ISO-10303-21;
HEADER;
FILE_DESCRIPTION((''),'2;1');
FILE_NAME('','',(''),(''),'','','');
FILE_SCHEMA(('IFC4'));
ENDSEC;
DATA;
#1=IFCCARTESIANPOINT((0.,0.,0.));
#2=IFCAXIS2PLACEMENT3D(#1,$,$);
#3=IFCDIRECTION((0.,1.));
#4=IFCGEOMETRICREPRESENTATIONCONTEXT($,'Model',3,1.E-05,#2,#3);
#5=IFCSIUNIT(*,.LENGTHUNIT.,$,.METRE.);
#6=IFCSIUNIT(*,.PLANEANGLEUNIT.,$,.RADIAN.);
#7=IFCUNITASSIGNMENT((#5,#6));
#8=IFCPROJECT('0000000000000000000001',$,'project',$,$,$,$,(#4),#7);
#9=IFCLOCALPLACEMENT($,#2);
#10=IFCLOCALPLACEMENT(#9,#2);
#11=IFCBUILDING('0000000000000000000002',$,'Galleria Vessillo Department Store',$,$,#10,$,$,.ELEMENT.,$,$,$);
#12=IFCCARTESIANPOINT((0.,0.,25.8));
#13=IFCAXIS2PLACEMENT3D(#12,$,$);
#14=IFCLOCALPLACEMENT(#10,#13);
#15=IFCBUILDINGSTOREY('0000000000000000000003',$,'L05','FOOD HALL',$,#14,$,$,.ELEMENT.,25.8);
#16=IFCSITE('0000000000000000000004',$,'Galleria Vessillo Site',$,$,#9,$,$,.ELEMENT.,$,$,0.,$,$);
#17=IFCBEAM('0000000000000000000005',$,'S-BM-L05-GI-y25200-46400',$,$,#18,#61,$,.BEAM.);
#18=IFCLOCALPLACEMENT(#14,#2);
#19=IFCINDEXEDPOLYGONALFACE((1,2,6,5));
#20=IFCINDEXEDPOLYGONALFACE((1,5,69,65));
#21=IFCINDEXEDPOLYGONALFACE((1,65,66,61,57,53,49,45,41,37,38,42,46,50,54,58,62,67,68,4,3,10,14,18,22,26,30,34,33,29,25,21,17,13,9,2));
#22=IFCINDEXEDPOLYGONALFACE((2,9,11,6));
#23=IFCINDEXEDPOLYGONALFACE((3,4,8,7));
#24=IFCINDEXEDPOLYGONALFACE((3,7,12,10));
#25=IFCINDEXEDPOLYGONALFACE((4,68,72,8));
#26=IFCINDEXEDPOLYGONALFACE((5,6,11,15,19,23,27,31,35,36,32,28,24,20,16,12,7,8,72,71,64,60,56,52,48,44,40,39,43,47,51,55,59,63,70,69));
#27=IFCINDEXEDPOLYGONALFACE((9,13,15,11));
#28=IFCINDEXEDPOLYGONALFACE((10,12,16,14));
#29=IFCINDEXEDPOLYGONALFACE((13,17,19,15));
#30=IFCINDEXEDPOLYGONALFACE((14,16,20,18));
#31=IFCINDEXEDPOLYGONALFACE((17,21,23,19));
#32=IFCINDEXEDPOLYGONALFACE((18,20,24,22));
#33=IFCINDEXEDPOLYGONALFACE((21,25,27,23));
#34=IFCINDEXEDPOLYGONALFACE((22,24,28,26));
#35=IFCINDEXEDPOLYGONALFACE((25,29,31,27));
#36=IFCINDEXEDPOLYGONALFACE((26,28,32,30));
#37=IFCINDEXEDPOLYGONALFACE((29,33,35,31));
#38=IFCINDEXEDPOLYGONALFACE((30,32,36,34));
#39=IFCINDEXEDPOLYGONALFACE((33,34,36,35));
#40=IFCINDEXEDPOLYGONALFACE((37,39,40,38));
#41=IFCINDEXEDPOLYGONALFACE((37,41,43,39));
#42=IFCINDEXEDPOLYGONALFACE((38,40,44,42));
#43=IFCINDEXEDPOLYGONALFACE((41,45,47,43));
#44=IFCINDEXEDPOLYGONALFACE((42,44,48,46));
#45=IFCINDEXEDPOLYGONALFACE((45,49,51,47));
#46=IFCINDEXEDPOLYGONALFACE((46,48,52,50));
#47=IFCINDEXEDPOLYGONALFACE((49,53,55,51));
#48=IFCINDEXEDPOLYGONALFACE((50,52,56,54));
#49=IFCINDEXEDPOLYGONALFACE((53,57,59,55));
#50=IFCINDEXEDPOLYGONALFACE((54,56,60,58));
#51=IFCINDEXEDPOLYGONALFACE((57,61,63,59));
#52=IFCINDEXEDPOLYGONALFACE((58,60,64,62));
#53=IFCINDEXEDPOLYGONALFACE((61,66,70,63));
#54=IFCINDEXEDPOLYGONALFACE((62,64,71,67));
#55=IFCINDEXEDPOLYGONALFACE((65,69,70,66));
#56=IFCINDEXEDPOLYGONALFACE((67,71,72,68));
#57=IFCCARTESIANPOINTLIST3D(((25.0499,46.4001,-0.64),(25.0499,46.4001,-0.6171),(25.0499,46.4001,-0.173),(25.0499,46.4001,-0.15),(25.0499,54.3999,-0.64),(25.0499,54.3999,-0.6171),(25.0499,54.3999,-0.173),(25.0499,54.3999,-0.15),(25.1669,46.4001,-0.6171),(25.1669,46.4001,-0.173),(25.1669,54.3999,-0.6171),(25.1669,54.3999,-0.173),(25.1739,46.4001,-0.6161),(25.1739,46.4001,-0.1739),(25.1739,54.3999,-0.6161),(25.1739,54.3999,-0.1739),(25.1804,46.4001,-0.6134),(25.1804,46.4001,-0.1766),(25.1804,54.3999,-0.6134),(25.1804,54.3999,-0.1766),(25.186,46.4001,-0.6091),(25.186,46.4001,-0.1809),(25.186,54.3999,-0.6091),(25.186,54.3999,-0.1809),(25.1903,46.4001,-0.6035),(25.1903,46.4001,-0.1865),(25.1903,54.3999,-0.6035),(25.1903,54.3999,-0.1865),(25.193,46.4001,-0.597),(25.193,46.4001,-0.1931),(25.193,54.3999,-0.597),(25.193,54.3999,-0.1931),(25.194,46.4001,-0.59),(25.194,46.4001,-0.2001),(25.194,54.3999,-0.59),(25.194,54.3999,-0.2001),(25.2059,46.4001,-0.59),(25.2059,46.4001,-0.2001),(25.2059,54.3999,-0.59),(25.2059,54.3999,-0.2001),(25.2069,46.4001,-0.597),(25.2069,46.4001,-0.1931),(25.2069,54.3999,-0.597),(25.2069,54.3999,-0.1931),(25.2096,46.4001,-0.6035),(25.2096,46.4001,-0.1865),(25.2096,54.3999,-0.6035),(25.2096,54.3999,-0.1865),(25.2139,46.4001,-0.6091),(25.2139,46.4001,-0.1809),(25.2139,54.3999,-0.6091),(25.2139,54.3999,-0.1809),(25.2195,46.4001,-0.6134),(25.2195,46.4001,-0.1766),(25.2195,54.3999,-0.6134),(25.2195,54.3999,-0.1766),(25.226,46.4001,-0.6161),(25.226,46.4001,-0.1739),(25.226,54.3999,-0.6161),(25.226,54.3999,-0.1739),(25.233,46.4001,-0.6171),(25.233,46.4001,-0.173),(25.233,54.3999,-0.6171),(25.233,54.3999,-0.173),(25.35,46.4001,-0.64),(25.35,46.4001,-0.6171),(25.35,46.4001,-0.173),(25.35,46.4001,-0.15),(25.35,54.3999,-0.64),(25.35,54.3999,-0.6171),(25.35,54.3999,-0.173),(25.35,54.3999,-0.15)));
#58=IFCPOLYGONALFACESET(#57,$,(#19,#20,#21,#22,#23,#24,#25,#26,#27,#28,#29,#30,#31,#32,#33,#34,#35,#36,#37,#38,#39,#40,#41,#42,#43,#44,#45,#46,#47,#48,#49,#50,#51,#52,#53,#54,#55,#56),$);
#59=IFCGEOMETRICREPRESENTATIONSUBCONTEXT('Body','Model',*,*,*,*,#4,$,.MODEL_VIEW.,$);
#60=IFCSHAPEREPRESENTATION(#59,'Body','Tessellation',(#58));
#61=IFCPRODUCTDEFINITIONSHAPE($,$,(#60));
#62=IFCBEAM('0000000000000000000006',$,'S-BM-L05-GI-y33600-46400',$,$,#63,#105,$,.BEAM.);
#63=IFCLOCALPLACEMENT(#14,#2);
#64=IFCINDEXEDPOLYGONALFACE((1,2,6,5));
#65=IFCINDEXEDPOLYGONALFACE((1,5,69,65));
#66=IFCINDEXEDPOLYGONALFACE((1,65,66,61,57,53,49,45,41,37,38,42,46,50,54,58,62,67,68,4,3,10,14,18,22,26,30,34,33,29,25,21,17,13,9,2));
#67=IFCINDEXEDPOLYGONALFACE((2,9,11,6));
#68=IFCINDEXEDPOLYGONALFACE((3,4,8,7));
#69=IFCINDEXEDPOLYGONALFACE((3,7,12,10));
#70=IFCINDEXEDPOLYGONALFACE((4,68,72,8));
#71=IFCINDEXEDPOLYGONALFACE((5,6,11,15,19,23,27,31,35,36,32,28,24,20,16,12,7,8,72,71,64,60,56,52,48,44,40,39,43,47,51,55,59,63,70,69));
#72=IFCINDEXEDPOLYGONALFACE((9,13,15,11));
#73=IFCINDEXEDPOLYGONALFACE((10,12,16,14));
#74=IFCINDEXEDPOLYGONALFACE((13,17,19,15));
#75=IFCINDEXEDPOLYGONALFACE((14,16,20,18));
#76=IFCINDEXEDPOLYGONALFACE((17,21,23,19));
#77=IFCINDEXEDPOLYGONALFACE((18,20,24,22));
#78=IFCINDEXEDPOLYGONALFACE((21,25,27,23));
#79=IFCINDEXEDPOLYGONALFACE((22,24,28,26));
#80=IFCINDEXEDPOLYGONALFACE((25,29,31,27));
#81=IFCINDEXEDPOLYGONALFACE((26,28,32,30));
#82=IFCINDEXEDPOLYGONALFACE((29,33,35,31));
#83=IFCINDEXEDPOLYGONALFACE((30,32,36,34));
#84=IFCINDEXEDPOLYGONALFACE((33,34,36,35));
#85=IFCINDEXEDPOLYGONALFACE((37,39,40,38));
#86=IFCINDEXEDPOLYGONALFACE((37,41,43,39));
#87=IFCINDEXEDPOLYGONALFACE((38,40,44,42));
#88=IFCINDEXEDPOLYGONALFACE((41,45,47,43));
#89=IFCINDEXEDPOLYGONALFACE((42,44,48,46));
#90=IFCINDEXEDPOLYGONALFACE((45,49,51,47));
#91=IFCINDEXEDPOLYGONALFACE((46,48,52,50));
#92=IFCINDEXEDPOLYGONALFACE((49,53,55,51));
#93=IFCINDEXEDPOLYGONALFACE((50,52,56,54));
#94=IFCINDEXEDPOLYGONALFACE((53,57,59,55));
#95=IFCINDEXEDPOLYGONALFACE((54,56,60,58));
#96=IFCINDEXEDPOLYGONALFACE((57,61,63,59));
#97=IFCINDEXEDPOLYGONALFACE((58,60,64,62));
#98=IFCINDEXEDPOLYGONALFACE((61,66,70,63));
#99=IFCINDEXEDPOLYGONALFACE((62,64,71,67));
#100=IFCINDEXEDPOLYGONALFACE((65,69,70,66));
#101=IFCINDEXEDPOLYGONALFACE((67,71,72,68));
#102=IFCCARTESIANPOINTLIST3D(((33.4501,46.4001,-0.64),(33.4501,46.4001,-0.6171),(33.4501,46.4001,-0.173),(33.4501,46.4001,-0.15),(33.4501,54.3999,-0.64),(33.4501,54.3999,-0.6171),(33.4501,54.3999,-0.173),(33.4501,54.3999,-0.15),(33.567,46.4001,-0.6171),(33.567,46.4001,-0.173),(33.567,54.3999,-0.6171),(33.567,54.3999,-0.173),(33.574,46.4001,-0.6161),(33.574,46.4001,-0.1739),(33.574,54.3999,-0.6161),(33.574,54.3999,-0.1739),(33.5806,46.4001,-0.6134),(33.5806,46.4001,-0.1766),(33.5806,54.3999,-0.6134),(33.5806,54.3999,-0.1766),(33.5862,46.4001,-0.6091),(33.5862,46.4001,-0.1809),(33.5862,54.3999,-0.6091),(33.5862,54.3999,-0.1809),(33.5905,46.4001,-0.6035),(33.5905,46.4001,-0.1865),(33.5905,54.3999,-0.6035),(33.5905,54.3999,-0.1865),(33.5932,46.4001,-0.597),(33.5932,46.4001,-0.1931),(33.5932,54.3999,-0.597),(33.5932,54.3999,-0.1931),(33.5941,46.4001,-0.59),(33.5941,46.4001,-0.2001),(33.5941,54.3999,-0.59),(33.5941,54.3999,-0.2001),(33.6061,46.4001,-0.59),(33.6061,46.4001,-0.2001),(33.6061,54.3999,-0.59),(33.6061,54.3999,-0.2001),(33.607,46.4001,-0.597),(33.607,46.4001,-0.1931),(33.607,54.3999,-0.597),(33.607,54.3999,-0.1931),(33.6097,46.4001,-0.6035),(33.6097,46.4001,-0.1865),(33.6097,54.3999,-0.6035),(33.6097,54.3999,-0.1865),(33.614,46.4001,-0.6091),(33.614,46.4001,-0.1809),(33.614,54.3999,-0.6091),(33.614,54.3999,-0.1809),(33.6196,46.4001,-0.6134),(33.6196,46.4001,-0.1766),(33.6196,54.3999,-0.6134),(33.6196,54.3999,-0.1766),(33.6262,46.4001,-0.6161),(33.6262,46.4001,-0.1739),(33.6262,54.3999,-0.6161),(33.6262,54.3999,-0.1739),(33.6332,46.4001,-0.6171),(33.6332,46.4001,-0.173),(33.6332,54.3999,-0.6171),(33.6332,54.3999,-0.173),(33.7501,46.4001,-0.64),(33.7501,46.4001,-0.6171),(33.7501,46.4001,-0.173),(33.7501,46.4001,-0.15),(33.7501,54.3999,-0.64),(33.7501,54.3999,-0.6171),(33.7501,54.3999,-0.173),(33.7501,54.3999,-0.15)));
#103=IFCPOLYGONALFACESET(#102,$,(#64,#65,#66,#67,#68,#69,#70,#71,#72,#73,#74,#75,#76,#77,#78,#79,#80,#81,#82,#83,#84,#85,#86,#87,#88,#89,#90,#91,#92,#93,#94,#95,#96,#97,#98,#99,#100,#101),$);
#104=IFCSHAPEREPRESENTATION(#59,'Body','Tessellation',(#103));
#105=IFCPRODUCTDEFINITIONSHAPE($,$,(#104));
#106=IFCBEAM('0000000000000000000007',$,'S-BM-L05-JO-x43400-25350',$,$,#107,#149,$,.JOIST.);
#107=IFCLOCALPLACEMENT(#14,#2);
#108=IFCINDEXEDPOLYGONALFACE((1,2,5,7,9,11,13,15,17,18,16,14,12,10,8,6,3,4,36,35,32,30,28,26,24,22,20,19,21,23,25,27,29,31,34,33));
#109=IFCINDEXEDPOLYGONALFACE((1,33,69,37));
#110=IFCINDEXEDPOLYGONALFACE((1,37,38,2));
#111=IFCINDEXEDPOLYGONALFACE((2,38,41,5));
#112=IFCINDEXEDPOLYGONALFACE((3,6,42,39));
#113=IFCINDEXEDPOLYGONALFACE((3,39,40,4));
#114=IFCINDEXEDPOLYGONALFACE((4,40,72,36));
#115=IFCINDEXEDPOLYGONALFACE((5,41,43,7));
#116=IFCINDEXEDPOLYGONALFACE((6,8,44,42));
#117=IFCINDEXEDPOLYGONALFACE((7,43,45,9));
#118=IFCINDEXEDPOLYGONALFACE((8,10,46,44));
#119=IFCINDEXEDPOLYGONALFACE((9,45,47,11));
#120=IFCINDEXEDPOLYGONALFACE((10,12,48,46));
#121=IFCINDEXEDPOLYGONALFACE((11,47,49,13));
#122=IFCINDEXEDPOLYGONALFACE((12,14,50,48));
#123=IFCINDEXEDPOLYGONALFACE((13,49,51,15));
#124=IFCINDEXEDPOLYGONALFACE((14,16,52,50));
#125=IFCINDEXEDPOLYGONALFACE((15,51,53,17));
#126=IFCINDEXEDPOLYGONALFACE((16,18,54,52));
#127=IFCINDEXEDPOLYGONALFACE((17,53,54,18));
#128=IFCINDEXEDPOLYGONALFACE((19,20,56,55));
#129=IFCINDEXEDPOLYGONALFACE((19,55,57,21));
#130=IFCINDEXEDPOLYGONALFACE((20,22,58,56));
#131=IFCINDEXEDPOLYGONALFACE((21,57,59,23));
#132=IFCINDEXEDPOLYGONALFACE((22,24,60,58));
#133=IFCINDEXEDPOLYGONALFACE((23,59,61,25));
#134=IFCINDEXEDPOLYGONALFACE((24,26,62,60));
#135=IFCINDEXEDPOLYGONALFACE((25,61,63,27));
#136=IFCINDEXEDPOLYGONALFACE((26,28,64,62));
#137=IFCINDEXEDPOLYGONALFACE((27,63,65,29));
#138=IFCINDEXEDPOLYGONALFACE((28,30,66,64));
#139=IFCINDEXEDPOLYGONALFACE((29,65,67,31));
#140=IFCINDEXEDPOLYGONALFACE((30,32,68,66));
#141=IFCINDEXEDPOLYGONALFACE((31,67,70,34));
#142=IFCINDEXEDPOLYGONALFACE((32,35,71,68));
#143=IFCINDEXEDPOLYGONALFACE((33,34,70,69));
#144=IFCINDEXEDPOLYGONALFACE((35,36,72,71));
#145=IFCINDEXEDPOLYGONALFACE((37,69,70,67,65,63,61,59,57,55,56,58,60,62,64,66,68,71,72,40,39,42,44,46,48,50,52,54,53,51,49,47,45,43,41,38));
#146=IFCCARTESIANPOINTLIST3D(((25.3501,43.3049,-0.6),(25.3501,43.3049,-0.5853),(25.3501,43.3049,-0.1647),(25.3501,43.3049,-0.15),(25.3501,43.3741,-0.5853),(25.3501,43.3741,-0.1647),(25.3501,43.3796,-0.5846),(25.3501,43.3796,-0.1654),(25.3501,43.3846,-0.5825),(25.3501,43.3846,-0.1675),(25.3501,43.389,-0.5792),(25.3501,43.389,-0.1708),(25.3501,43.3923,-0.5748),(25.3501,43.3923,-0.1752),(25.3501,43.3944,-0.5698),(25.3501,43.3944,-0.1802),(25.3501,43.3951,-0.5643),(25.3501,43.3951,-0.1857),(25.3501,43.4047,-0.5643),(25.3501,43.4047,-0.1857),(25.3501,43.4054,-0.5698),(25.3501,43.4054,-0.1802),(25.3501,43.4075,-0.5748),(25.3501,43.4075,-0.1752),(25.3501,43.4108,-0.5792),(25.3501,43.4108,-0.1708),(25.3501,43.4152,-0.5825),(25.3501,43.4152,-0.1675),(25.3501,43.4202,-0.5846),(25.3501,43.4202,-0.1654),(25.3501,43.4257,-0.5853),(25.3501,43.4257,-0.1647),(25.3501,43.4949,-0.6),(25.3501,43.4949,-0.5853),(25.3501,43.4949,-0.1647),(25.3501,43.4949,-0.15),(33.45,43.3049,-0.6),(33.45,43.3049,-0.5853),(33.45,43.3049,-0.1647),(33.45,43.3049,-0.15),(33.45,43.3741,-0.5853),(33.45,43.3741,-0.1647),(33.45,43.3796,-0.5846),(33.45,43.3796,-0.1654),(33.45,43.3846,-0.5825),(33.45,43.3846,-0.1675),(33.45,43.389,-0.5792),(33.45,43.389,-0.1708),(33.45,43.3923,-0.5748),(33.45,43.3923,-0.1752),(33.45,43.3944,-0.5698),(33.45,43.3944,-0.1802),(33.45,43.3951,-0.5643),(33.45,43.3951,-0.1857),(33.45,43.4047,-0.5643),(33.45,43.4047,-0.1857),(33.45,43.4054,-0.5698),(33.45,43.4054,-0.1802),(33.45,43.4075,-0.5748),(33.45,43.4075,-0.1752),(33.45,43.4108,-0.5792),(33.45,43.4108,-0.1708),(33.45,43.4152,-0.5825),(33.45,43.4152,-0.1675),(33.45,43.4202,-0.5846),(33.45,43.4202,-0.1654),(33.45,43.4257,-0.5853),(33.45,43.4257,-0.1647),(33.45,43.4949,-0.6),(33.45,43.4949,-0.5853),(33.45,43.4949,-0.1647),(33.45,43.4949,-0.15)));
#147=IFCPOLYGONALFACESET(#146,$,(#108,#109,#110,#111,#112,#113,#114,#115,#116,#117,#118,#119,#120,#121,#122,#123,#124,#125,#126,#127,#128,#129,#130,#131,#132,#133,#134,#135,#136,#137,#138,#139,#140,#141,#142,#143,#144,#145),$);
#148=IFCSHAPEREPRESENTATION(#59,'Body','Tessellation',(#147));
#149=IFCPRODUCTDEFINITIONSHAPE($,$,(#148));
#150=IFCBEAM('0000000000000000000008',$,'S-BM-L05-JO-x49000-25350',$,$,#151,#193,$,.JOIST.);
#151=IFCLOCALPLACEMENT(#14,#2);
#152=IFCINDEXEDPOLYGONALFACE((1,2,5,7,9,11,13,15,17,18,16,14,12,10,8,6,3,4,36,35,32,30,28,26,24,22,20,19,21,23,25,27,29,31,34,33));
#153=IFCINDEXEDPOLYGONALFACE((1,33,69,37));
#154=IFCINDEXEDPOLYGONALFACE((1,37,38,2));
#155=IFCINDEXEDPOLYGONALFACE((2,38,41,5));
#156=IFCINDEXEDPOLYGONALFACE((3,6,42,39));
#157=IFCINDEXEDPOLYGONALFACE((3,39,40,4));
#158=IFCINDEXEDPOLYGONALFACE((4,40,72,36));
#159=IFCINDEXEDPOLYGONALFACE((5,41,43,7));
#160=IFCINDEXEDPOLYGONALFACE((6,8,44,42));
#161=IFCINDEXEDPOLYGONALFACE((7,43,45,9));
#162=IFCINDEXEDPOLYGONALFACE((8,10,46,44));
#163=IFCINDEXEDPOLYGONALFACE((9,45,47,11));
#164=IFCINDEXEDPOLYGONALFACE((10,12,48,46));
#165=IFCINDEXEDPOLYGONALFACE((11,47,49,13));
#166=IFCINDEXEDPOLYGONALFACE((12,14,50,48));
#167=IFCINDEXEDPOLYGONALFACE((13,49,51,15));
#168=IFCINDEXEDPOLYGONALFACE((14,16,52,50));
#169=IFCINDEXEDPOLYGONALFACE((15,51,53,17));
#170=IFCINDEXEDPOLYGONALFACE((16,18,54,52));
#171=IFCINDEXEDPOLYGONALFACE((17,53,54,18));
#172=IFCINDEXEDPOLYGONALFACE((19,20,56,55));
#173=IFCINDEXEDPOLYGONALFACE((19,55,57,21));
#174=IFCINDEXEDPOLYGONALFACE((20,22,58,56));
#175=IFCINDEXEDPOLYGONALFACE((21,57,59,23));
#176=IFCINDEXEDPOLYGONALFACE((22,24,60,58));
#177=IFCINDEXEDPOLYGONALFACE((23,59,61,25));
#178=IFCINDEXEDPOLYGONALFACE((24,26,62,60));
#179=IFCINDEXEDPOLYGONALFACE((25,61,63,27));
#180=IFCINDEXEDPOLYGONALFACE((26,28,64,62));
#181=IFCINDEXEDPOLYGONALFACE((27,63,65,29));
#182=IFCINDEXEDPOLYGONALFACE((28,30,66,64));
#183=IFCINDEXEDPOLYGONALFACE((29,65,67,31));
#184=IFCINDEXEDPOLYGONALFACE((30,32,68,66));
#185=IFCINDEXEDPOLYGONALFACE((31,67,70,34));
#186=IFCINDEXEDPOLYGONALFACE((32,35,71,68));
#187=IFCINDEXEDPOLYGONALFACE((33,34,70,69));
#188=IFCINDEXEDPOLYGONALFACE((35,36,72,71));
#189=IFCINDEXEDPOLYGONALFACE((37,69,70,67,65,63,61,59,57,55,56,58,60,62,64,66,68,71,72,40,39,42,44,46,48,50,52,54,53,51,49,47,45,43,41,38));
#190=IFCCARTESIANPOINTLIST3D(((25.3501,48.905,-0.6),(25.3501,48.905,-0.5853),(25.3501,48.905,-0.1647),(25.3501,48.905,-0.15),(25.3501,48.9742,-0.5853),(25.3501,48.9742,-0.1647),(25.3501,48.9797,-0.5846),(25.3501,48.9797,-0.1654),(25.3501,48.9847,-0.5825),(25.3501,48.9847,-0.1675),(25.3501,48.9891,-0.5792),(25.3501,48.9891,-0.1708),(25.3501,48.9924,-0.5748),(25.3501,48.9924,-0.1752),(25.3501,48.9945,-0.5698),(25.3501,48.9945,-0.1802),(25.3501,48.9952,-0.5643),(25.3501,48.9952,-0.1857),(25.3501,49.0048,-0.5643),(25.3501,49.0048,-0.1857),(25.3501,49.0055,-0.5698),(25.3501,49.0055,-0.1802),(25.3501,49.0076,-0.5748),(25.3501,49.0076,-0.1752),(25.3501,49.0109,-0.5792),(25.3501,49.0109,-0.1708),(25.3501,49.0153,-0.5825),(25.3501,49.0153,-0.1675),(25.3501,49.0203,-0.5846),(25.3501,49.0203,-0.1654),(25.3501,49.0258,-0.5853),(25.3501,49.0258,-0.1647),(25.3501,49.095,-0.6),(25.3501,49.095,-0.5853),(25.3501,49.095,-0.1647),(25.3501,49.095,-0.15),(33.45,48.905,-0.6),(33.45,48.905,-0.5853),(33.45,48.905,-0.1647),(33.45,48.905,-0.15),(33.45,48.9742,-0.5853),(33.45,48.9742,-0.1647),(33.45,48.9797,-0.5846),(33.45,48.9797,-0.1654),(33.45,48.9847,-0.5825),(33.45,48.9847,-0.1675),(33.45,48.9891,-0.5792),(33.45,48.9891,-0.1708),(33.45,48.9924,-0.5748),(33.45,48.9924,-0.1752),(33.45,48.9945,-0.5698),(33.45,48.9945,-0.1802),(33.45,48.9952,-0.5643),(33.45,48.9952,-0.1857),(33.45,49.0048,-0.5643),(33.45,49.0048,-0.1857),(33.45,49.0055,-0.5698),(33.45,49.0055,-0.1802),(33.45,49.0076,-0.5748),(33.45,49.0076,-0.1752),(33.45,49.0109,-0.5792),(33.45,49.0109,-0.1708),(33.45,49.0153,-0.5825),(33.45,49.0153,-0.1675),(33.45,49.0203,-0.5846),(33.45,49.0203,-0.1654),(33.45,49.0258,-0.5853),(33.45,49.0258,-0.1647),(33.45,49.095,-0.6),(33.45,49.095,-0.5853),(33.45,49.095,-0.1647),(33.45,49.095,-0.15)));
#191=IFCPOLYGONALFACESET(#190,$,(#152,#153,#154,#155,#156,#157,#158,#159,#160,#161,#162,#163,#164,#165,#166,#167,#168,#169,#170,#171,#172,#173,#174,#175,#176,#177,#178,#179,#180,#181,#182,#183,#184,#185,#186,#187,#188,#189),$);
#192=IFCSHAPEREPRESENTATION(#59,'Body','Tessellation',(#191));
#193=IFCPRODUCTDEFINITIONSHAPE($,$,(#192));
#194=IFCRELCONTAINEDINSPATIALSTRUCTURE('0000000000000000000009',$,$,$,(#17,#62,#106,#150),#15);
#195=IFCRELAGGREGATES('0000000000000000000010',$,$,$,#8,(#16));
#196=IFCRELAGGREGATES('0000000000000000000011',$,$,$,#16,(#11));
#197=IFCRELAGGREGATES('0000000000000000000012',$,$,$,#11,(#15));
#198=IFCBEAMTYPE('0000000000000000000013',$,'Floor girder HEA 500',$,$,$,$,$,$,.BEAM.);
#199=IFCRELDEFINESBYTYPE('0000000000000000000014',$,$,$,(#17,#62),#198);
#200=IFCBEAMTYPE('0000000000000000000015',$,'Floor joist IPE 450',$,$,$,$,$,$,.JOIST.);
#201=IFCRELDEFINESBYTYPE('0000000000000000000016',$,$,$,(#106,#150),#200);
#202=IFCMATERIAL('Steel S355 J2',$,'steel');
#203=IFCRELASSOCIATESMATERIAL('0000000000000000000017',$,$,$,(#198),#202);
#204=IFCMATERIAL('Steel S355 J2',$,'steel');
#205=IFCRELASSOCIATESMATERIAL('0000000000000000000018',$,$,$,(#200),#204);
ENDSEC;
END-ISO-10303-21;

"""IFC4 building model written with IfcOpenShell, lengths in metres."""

from ifc_helpers import new_model, si_unit, direction, frame, origin, origin_2d, place, context, subcontext, project, spatial, i_section, extrude, material, material_profile, profile_set, type_object, element, save


model = new_model("IFC4")

# Units and contexts
model_context = context("Model", 3, precision=1e-05, world=origin(), true_north=direction((0.0, 1.0)))
body_context = subcontext(model_context, "Body", "Model", "MODEL_VIEW")
ifc_project = project(units=[si_unit("LENGTHUNIT", "METRE"), si_unit("PLANEANGLEUNIT", "RADIAN")], contexts=[model_context])

# Site, building, storey
site_placement = place(None, origin())
site = spatial("IfcSite", under=ifc_project, at=site_placement, Name="Galleria Vessillo Site", CompositionType="ELEMENT", RefElevation=0.0)
building_placement = place(site_placement, origin())
building = spatial("IfcBuilding", under=site, at=building_placement, Name="Galleria Vessillo Department Store", CompositionType="ELEMENT")
storey_placement = place(building_placement, frame((0.0, 0.0, 25.8)))
storey = spatial("IfcBuildingStorey", under=building, at=storey_placement, Name="L05", Description="FOOD HALL", CompositionType="ELEMENT", Elevation=25.8)

# Beams
ifc_material_1 = material(Name="Steel S355 J2", Category="steel")
ifc_material_profile_1 = material_profile(ifc_material_1, i_section(OverallWidth=0.3, OverallDepth=0.49, WebThickness=0.012, FlangeThickness=0.0229, FilletRadius=0.0271, at=origin_2d()), Name="HEA 500")
ifc_profile_set_1 = profile_set([ifc_material_profile_1], Name="Steel S355 J2")
beam_type_1 = type_object("IfcBeamType", Name="Floor girder HEA 500", PredefinedType="BEAM", material=ifc_profile_set_1)
for number, where, z_axis, x_axis, name in (
    (1, (25.2, 46.4001, -0.395), (0.0, 1.0, 0.0), (-1.0, 0.0, 0.0), "S-BM-L05-GI-y25200-46400"),
    (2, (33.6001, 46.4001, -0.395), (0.0, 1.0, 0.0), (-1.0, 0.0, 0.0), "S-BM-L05-GI-y33600-46400"),
):
    element("IfcBeam", number, at=place(storey_placement, frame(where, z_axis=z_axis, x_axis=x_axis)), inside=storey, type_object=beam_type_1, Name=name, PredefinedType="BEAM", context=body_context, shape_type="SweptSolid", body=[
        extrude(i_section(OverallWidth=0.3, OverallDepth=0.49, WebThickness=0.012, FlangeThickness=0.0229, FilletRadius=0.0271, at=origin_2d()), origin(), (0.0, 0.0, 1.0), 7.9998),
    ])
ifc_material_2 = material(Name="Steel S355 J2", Category="steel")
ifc_material_profile_2 = material_profile(ifc_material_2, i_section(OverallWidth=0.1899, OverallDepth=0.45, WebThickness=0.0095, FlangeThickness=0.0146, FilletRadius=0.021, at=origin_2d()), Name="IPE 450")
ifc_profile_set_2 = profile_set([ifc_material_profile_2], Name="Steel S355 J2")
beam_type_2 = type_object("IfcBeamType", Name="Floor joist IPE 450", PredefinedType="JOIST", material=ifc_profile_set_2)
for number, where, z_axis, x_axis, name in (
    (3, (25.3501, 43.3999, -0.375), (1.0, 0.0, 0.0), (0.0, 1.0, 0.0), "S-BM-L05-JO-x43400-25350"),
    (4, (25.3501, 49.0, -0.375), (1.0, 0.0, 0.0), (0.0, 1.0, 0.0), "S-BM-L05-JO-x49000-25350"),
):
    element("IfcBeam", number, at=place(storey_placement, frame(where, z_axis=z_axis, x_axis=x_axis)), inside=storey, type_object=beam_type_2, Name=name, PredefinedType="JOIST", context=body_context, shape_type="SweptSolid", body=[
        extrude(i_section(OverallWidth=0.1899, OverallDepth=0.45, WebThickness=0.0095, FlangeThickness=0.0146, FilletRadius=0.021, at=origin_2d()), origin(), (0.0, 0.0, 1.0), 8.0999),
    ])

save(model, "model.ifc")
